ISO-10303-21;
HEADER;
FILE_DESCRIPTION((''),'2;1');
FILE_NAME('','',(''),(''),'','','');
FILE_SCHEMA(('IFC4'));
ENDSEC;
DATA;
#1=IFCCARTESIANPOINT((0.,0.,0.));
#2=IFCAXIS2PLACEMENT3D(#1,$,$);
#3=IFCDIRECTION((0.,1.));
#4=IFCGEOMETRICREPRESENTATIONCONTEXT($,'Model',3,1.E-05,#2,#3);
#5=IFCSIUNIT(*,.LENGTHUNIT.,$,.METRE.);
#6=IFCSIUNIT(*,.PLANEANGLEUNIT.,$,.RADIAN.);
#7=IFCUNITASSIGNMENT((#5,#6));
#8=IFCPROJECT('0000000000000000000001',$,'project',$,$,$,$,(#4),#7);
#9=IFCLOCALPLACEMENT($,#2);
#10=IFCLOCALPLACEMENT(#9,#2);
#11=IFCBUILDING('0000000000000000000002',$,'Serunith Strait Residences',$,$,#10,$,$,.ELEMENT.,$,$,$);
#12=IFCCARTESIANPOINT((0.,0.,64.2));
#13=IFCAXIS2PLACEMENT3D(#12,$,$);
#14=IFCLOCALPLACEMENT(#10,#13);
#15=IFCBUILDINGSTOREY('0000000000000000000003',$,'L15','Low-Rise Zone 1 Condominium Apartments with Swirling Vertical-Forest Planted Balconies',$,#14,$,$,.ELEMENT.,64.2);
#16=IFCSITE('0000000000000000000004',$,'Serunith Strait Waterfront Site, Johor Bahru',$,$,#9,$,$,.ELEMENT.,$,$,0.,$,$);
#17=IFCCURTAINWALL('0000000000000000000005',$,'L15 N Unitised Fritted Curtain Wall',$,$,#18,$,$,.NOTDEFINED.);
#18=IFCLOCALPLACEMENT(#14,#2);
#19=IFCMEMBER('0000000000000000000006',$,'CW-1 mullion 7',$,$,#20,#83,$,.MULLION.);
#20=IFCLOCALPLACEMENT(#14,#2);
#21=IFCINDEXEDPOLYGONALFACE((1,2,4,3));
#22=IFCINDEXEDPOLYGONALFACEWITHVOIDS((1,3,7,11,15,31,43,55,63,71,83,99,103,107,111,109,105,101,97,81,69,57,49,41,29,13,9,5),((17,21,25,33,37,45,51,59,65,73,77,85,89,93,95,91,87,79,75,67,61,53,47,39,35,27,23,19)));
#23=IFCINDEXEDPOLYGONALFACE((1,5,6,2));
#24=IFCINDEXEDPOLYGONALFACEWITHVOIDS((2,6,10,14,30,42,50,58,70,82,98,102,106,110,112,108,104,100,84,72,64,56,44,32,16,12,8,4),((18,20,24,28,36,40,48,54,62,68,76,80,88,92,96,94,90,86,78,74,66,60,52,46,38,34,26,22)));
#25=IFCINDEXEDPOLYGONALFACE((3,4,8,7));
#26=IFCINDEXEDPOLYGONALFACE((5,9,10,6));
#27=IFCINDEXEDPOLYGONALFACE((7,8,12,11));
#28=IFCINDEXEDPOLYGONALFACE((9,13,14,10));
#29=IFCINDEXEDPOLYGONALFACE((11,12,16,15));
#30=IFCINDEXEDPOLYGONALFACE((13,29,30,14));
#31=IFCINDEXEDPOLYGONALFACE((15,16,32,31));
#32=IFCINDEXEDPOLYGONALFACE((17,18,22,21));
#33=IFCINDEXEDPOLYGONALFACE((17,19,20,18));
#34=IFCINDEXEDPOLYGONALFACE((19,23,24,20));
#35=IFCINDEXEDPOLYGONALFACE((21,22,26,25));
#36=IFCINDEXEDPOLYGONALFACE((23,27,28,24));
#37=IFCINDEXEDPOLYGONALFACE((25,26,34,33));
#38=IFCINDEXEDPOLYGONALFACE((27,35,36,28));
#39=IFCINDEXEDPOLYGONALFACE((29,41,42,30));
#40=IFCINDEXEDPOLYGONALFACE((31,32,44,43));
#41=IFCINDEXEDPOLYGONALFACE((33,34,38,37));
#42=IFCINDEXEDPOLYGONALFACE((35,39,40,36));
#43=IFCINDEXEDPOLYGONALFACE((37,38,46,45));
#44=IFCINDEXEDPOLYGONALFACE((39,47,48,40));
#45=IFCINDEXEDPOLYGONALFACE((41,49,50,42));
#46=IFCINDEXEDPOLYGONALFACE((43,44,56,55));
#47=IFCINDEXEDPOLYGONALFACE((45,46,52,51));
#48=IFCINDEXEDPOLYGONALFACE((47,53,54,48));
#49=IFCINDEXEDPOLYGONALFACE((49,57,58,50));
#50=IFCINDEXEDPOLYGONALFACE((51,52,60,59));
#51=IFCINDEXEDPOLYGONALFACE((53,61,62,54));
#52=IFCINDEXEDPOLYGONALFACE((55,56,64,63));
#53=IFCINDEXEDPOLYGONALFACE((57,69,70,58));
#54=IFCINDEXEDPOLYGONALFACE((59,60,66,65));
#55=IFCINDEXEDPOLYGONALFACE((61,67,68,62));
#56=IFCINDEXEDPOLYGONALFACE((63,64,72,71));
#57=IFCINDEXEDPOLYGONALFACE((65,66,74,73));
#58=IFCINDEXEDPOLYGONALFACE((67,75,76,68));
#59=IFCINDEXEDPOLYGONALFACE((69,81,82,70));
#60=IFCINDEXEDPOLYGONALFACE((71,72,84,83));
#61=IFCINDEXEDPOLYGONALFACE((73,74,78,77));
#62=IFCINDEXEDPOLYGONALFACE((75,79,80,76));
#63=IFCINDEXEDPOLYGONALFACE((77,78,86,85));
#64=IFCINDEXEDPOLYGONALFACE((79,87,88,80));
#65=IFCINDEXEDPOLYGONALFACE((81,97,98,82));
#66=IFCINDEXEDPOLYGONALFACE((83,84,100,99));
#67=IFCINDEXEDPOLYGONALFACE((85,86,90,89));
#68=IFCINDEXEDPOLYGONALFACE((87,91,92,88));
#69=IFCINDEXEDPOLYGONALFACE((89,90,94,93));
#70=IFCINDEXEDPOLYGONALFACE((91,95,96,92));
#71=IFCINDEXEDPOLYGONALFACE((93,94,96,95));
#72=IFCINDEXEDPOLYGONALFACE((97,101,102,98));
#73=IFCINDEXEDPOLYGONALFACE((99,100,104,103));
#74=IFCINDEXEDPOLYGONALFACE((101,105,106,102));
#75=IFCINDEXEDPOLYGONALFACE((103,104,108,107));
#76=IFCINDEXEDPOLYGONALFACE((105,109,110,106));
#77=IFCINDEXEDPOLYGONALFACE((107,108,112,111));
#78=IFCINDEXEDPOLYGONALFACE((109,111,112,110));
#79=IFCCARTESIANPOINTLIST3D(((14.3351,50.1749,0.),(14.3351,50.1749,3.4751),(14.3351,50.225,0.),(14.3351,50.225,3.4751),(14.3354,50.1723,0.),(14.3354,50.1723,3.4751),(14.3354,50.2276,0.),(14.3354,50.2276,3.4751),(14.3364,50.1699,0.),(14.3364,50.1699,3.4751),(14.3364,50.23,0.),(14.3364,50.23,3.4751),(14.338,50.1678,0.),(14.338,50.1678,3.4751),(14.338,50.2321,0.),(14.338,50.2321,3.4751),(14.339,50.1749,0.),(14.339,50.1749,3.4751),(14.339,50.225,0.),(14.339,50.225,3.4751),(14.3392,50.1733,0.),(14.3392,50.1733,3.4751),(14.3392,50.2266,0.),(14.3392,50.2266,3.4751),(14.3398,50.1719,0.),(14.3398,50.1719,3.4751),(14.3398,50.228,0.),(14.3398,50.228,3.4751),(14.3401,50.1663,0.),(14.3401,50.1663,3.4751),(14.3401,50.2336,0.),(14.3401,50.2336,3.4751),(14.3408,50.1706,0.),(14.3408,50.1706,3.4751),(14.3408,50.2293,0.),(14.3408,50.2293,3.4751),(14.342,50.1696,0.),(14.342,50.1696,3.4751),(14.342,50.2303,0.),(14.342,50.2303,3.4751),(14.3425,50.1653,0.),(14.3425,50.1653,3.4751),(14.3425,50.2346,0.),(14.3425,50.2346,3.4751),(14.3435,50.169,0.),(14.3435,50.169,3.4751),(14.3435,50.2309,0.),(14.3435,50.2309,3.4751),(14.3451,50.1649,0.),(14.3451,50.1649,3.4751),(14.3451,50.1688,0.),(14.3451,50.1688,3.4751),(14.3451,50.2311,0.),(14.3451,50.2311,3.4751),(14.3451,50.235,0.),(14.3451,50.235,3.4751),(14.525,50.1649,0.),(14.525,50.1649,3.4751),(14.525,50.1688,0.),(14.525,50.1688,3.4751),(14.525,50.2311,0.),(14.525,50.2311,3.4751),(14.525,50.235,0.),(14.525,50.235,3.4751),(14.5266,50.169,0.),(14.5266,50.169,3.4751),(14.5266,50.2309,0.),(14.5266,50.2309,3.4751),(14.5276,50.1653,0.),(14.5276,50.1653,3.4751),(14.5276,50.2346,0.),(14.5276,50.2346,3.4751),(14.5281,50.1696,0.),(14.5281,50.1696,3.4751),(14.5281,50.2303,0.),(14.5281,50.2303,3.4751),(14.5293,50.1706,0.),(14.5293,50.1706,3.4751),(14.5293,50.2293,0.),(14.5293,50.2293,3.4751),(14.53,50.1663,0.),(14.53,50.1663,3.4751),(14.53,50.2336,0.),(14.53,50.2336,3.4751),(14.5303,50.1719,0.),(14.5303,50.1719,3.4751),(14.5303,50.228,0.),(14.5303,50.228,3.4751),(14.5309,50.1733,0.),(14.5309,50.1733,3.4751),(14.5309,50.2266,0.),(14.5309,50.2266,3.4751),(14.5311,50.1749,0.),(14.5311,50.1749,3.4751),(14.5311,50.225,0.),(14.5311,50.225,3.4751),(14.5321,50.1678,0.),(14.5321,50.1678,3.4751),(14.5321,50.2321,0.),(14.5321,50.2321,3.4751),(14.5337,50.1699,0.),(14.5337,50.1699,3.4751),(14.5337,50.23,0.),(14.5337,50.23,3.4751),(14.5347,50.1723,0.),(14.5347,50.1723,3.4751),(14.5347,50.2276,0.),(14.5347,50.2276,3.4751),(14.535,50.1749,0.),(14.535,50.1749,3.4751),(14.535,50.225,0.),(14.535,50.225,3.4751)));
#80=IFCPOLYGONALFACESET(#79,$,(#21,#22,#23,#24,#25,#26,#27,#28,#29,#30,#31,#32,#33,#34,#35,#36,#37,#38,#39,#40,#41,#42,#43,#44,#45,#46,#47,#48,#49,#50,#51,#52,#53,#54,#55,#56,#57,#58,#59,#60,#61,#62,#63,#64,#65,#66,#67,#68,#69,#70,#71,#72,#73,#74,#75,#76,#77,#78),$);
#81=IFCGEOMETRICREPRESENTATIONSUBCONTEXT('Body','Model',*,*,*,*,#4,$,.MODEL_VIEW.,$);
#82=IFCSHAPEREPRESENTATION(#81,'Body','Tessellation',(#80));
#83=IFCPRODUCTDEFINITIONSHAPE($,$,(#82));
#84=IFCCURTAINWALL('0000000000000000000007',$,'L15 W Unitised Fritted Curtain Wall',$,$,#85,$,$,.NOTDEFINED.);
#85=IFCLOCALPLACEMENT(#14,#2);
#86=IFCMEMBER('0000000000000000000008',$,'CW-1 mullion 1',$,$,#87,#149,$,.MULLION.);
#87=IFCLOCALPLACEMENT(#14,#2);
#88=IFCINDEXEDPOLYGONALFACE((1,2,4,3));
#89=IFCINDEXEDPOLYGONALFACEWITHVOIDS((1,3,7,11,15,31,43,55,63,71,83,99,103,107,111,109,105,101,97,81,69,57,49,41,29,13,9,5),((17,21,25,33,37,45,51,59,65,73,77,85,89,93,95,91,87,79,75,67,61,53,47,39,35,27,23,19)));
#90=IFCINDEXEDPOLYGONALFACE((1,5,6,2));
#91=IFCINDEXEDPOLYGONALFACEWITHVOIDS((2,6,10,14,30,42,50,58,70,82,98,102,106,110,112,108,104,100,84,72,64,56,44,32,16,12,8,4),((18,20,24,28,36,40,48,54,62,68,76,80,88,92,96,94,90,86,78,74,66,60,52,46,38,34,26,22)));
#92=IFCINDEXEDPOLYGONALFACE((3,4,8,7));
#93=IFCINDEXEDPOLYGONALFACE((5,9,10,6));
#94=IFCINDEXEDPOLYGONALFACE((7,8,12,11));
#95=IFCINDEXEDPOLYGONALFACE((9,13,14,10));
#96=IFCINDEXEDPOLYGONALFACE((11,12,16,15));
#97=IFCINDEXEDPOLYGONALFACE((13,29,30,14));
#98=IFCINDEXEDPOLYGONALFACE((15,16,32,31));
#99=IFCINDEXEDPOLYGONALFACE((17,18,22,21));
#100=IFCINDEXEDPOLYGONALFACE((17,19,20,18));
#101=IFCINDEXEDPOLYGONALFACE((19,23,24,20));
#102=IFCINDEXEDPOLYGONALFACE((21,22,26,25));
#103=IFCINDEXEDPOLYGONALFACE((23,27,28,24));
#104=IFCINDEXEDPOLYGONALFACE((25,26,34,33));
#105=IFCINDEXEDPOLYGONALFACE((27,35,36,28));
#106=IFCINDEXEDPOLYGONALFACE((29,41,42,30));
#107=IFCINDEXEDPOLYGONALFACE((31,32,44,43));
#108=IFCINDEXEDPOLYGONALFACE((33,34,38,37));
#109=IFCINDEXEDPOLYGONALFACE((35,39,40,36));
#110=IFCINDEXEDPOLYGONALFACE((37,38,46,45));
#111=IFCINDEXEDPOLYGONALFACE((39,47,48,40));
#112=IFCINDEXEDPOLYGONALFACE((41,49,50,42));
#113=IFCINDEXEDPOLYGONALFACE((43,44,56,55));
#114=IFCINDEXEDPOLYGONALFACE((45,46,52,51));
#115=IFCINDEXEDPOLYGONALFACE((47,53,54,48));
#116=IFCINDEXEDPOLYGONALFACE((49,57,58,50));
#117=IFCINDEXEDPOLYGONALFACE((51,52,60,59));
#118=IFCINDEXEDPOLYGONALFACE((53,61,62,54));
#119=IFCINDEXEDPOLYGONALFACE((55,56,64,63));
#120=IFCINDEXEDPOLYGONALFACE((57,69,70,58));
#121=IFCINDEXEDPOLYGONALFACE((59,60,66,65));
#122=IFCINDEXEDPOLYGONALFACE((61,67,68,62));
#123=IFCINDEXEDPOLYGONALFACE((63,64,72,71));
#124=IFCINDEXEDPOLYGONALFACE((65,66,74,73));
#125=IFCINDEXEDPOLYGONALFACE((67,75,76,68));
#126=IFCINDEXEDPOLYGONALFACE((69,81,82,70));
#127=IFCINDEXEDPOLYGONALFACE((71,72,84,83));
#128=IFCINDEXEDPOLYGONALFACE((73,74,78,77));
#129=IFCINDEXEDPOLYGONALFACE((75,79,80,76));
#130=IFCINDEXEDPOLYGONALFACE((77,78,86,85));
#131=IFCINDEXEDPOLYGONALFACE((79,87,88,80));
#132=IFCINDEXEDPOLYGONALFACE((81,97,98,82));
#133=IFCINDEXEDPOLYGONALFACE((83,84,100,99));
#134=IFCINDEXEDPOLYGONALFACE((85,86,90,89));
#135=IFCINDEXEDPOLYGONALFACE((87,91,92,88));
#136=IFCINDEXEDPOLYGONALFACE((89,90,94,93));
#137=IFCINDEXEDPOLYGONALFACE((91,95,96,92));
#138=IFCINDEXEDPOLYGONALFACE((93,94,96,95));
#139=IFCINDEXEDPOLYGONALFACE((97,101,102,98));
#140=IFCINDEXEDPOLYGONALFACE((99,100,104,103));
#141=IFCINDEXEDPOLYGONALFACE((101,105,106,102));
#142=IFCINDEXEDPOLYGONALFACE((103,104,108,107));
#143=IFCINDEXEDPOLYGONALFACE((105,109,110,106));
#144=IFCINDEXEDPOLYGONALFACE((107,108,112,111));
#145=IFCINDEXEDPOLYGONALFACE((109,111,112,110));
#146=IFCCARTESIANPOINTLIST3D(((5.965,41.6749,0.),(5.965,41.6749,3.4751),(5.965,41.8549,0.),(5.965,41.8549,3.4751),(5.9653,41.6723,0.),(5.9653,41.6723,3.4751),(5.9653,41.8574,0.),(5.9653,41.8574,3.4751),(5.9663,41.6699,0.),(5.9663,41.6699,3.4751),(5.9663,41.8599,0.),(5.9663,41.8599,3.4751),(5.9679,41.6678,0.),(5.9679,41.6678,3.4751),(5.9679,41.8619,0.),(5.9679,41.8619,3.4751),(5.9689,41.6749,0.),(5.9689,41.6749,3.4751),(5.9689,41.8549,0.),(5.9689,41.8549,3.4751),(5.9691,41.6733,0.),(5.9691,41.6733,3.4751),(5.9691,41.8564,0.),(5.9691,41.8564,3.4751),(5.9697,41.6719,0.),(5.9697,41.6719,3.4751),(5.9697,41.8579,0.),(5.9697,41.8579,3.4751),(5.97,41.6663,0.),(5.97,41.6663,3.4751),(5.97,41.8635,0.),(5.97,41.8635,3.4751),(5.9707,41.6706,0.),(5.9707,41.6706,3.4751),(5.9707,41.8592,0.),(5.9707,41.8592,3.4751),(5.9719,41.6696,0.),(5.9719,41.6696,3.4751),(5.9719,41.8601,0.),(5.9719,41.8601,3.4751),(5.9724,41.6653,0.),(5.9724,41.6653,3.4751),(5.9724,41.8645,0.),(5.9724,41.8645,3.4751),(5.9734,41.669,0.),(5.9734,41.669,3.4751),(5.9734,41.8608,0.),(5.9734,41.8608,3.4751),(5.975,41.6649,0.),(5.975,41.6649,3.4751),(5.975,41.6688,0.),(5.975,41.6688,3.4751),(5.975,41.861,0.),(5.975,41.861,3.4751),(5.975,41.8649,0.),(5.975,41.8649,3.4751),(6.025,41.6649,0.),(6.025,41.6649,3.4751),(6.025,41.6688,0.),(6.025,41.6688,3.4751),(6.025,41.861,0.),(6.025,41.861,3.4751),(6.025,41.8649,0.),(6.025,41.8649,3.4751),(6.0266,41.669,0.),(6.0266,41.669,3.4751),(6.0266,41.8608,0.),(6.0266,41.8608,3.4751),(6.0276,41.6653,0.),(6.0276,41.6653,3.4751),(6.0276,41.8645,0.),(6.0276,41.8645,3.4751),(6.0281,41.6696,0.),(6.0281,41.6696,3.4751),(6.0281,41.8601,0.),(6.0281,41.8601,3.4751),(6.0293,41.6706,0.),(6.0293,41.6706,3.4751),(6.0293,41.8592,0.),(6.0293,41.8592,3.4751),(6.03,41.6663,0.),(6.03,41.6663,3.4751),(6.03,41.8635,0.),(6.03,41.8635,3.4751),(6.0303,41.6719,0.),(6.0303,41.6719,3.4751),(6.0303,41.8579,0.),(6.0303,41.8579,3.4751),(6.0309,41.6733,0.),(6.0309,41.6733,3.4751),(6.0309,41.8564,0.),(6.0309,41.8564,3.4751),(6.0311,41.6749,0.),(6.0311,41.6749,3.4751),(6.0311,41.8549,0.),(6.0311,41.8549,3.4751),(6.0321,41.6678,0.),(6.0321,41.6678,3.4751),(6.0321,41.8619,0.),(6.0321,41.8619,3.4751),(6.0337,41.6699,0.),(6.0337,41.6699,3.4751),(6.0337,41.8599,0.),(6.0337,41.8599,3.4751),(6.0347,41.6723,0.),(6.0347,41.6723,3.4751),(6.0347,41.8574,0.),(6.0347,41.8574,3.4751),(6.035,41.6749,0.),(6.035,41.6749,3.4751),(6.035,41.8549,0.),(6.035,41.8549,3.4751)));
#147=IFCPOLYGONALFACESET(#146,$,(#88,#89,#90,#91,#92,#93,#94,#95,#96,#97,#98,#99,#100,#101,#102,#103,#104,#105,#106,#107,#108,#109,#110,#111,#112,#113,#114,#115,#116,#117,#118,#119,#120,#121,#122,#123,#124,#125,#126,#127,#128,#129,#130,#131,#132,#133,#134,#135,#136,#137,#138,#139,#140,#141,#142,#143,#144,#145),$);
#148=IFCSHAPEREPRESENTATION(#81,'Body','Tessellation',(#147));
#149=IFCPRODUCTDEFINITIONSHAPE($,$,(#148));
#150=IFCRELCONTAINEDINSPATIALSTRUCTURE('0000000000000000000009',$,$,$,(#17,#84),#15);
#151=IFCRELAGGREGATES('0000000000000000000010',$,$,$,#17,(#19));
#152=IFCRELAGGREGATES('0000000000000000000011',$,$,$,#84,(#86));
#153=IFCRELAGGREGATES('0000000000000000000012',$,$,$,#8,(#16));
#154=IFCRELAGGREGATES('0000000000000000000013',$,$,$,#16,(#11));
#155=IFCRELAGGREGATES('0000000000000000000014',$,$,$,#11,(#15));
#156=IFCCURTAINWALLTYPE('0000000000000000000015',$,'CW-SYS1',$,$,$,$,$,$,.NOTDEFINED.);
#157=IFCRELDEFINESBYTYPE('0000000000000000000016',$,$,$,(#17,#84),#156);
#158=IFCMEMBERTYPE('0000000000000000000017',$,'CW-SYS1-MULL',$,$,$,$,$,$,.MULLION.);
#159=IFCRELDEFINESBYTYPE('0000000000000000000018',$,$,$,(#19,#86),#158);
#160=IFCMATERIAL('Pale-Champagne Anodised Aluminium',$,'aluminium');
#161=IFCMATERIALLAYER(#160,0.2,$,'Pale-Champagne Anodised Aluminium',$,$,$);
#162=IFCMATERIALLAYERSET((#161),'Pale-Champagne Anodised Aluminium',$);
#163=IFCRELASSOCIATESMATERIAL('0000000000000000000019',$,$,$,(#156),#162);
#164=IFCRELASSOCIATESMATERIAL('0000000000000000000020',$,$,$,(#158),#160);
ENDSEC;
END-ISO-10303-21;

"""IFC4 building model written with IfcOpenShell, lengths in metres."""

from ifc_helpers import new_model, si_unit, direction, frame, origin, origin_2d, place, context, subcontext, project, spatial, hollow_rectangle, extrude, source, transform, mapped, material, layer, layer_set, material_profile, profile_set, type_object, element, aggregate, save


model = new_model("IFC4")

# Units and contexts
model_context = context("Model", 3, precision=1e-05, world=origin(), true_north=direction((0.0, 1.0)))
body_context = subcontext(model_context, "Body", "Model", "MODEL_VIEW")
ifc_project = project(units=[si_unit("LENGTHUNIT", "METRE"), si_unit("PLANEANGLEUNIT", "RADIAN")], contexts=[model_context])

# Site, building, storey
site_placement = place(None, origin())
site = spatial("IfcSite", under=ifc_project, at=site_placement, Name="Serunith Strait Waterfront Site, Johor Bahru", CompositionType="ELEMENT", RefElevation=0.0)
building_placement = place(site_placement, origin())
building = spatial("IfcBuilding", under=site, at=building_placement, Name="Serunith Strait Residences", CompositionType="ELEMENT")
storey_placement = place(building_placement, frame((0.0, 0.0, 64.2)))
storey = spatial("IfcBuildingStorey", under=building, at=storey_placement, Name="L15", Description="Low-Rise Zone 1 Condominium Apartments with Swirling Vertical-Forest Planted Balconies", CompositionType="ELEMENT", Elevation=64.2)

# Curtain wall, member
ifc_material_1 = material(Name="Pale-Champagne Anodised Aluminium", Category="aluminium")
ifc_layer_1 = layer(ifc_material_1, 0.2, Name="Pale-Champagne Anodised Aluminium")
ifc_layer_set_1 = layer_set([ifc_layer_1], Name="Pale-Champagne Anodised Aluminium")
curtain_wall_type = type_object("IfcCurtainWallType", Name="CW-SYS1", PredefinedType="NOTDEFINED", material=ifc_layer_set_1)
curtain_wall_1_placement = place(storey_placement, origin())
curtain_wall_1 = element("IfcCurtainWall", 1, at=curtain_wall_1_placement, inside=storey, type_object=curtain_wall_type, Name="L15 N Unitised Fritted Curtain Wall", PredefinedType="NOTDEFINED")
ifc_material_profile_1 = material_profile(ifc_material_1, hollow_rectangle(XDim=0.0701, YDim=0.2, WallThickness=0.0039, InnerFilletRadius=0.0061, OuterFilletRadius=0.01, at=origin_2d()), Name="ALU 200x70x4")
ifc_profile_set_1 = profile_set([ifc_material_profile_1], Name="Pale-Champagne Anodised Aluminium")
member_type_1 = type_object("IfcMemberType", Name="CW-SYS1-MULL", PredefinedType="MULLION", material=ifc_profile_set_1)
shared_shape_1 = source(origin(), body_context, "Body", "SweptSolid", [
    extrude(hollow_rectangle(XDim=0.0701, YDim=0.2, WallThickness=0.0039, InnerFilletRadius=0.0061, OuterFilletRadius=0.01, at=origin_2d()), origin(), (0.0, 0.0, 1.0), 3.4751),
])
member_1_placement = place(storey_placement, frame((14.4351, 50.2, 0.0), z_axis=(0.0, 0.0, 1.0), x_axis=(0.0, -1.0, 0.0)))
member_1 = element("IfcMember", 2, at=member_1_placement, type_object=member_type_1, Name="CW-1 mullion 7", PredefinedType="MULLION", context=body_context, shape_type="MappedRepresentation", body=[
    mapped(shared_shape_1, transform((0.0, 0.0, 0.0), scale=1.0)),
])
aggregate(curtain_wall_1, [member_1])

# Curtain wall, member
curtain_wall_2_placement = place(storey_placement, origin())
curtain_wall_2 = element("IfcCurtainWall", 3, at=curtain_wall_2_placement, inside=storey, type_object=curtain_wall_type, Name="L15 W Unitised Fritted Curtain Wall", PredefinedType="NOTDEFINED")
member_2_placement = place(storey_placement, frame((6.0, 41.7649, 0.0), z_axis=(0.0, 0.0, 1.0), x_axis=(1.0, 0.0, 0.0)))
member_2 = element("IfcMember", 4, at=member_2_placement, type_object=member_type_1, Name="CW-1 mullion 1", PredefinedType="MULLION", context=body_context, shape_type="MappedRepresentation", body=[
    mapped(shared_shape_1, transform((0.0, 0.0, 0.0), scale=1.0)),
])
aggregate(curtain_wall_2, [member_2])

save(model, "model.ifc")
